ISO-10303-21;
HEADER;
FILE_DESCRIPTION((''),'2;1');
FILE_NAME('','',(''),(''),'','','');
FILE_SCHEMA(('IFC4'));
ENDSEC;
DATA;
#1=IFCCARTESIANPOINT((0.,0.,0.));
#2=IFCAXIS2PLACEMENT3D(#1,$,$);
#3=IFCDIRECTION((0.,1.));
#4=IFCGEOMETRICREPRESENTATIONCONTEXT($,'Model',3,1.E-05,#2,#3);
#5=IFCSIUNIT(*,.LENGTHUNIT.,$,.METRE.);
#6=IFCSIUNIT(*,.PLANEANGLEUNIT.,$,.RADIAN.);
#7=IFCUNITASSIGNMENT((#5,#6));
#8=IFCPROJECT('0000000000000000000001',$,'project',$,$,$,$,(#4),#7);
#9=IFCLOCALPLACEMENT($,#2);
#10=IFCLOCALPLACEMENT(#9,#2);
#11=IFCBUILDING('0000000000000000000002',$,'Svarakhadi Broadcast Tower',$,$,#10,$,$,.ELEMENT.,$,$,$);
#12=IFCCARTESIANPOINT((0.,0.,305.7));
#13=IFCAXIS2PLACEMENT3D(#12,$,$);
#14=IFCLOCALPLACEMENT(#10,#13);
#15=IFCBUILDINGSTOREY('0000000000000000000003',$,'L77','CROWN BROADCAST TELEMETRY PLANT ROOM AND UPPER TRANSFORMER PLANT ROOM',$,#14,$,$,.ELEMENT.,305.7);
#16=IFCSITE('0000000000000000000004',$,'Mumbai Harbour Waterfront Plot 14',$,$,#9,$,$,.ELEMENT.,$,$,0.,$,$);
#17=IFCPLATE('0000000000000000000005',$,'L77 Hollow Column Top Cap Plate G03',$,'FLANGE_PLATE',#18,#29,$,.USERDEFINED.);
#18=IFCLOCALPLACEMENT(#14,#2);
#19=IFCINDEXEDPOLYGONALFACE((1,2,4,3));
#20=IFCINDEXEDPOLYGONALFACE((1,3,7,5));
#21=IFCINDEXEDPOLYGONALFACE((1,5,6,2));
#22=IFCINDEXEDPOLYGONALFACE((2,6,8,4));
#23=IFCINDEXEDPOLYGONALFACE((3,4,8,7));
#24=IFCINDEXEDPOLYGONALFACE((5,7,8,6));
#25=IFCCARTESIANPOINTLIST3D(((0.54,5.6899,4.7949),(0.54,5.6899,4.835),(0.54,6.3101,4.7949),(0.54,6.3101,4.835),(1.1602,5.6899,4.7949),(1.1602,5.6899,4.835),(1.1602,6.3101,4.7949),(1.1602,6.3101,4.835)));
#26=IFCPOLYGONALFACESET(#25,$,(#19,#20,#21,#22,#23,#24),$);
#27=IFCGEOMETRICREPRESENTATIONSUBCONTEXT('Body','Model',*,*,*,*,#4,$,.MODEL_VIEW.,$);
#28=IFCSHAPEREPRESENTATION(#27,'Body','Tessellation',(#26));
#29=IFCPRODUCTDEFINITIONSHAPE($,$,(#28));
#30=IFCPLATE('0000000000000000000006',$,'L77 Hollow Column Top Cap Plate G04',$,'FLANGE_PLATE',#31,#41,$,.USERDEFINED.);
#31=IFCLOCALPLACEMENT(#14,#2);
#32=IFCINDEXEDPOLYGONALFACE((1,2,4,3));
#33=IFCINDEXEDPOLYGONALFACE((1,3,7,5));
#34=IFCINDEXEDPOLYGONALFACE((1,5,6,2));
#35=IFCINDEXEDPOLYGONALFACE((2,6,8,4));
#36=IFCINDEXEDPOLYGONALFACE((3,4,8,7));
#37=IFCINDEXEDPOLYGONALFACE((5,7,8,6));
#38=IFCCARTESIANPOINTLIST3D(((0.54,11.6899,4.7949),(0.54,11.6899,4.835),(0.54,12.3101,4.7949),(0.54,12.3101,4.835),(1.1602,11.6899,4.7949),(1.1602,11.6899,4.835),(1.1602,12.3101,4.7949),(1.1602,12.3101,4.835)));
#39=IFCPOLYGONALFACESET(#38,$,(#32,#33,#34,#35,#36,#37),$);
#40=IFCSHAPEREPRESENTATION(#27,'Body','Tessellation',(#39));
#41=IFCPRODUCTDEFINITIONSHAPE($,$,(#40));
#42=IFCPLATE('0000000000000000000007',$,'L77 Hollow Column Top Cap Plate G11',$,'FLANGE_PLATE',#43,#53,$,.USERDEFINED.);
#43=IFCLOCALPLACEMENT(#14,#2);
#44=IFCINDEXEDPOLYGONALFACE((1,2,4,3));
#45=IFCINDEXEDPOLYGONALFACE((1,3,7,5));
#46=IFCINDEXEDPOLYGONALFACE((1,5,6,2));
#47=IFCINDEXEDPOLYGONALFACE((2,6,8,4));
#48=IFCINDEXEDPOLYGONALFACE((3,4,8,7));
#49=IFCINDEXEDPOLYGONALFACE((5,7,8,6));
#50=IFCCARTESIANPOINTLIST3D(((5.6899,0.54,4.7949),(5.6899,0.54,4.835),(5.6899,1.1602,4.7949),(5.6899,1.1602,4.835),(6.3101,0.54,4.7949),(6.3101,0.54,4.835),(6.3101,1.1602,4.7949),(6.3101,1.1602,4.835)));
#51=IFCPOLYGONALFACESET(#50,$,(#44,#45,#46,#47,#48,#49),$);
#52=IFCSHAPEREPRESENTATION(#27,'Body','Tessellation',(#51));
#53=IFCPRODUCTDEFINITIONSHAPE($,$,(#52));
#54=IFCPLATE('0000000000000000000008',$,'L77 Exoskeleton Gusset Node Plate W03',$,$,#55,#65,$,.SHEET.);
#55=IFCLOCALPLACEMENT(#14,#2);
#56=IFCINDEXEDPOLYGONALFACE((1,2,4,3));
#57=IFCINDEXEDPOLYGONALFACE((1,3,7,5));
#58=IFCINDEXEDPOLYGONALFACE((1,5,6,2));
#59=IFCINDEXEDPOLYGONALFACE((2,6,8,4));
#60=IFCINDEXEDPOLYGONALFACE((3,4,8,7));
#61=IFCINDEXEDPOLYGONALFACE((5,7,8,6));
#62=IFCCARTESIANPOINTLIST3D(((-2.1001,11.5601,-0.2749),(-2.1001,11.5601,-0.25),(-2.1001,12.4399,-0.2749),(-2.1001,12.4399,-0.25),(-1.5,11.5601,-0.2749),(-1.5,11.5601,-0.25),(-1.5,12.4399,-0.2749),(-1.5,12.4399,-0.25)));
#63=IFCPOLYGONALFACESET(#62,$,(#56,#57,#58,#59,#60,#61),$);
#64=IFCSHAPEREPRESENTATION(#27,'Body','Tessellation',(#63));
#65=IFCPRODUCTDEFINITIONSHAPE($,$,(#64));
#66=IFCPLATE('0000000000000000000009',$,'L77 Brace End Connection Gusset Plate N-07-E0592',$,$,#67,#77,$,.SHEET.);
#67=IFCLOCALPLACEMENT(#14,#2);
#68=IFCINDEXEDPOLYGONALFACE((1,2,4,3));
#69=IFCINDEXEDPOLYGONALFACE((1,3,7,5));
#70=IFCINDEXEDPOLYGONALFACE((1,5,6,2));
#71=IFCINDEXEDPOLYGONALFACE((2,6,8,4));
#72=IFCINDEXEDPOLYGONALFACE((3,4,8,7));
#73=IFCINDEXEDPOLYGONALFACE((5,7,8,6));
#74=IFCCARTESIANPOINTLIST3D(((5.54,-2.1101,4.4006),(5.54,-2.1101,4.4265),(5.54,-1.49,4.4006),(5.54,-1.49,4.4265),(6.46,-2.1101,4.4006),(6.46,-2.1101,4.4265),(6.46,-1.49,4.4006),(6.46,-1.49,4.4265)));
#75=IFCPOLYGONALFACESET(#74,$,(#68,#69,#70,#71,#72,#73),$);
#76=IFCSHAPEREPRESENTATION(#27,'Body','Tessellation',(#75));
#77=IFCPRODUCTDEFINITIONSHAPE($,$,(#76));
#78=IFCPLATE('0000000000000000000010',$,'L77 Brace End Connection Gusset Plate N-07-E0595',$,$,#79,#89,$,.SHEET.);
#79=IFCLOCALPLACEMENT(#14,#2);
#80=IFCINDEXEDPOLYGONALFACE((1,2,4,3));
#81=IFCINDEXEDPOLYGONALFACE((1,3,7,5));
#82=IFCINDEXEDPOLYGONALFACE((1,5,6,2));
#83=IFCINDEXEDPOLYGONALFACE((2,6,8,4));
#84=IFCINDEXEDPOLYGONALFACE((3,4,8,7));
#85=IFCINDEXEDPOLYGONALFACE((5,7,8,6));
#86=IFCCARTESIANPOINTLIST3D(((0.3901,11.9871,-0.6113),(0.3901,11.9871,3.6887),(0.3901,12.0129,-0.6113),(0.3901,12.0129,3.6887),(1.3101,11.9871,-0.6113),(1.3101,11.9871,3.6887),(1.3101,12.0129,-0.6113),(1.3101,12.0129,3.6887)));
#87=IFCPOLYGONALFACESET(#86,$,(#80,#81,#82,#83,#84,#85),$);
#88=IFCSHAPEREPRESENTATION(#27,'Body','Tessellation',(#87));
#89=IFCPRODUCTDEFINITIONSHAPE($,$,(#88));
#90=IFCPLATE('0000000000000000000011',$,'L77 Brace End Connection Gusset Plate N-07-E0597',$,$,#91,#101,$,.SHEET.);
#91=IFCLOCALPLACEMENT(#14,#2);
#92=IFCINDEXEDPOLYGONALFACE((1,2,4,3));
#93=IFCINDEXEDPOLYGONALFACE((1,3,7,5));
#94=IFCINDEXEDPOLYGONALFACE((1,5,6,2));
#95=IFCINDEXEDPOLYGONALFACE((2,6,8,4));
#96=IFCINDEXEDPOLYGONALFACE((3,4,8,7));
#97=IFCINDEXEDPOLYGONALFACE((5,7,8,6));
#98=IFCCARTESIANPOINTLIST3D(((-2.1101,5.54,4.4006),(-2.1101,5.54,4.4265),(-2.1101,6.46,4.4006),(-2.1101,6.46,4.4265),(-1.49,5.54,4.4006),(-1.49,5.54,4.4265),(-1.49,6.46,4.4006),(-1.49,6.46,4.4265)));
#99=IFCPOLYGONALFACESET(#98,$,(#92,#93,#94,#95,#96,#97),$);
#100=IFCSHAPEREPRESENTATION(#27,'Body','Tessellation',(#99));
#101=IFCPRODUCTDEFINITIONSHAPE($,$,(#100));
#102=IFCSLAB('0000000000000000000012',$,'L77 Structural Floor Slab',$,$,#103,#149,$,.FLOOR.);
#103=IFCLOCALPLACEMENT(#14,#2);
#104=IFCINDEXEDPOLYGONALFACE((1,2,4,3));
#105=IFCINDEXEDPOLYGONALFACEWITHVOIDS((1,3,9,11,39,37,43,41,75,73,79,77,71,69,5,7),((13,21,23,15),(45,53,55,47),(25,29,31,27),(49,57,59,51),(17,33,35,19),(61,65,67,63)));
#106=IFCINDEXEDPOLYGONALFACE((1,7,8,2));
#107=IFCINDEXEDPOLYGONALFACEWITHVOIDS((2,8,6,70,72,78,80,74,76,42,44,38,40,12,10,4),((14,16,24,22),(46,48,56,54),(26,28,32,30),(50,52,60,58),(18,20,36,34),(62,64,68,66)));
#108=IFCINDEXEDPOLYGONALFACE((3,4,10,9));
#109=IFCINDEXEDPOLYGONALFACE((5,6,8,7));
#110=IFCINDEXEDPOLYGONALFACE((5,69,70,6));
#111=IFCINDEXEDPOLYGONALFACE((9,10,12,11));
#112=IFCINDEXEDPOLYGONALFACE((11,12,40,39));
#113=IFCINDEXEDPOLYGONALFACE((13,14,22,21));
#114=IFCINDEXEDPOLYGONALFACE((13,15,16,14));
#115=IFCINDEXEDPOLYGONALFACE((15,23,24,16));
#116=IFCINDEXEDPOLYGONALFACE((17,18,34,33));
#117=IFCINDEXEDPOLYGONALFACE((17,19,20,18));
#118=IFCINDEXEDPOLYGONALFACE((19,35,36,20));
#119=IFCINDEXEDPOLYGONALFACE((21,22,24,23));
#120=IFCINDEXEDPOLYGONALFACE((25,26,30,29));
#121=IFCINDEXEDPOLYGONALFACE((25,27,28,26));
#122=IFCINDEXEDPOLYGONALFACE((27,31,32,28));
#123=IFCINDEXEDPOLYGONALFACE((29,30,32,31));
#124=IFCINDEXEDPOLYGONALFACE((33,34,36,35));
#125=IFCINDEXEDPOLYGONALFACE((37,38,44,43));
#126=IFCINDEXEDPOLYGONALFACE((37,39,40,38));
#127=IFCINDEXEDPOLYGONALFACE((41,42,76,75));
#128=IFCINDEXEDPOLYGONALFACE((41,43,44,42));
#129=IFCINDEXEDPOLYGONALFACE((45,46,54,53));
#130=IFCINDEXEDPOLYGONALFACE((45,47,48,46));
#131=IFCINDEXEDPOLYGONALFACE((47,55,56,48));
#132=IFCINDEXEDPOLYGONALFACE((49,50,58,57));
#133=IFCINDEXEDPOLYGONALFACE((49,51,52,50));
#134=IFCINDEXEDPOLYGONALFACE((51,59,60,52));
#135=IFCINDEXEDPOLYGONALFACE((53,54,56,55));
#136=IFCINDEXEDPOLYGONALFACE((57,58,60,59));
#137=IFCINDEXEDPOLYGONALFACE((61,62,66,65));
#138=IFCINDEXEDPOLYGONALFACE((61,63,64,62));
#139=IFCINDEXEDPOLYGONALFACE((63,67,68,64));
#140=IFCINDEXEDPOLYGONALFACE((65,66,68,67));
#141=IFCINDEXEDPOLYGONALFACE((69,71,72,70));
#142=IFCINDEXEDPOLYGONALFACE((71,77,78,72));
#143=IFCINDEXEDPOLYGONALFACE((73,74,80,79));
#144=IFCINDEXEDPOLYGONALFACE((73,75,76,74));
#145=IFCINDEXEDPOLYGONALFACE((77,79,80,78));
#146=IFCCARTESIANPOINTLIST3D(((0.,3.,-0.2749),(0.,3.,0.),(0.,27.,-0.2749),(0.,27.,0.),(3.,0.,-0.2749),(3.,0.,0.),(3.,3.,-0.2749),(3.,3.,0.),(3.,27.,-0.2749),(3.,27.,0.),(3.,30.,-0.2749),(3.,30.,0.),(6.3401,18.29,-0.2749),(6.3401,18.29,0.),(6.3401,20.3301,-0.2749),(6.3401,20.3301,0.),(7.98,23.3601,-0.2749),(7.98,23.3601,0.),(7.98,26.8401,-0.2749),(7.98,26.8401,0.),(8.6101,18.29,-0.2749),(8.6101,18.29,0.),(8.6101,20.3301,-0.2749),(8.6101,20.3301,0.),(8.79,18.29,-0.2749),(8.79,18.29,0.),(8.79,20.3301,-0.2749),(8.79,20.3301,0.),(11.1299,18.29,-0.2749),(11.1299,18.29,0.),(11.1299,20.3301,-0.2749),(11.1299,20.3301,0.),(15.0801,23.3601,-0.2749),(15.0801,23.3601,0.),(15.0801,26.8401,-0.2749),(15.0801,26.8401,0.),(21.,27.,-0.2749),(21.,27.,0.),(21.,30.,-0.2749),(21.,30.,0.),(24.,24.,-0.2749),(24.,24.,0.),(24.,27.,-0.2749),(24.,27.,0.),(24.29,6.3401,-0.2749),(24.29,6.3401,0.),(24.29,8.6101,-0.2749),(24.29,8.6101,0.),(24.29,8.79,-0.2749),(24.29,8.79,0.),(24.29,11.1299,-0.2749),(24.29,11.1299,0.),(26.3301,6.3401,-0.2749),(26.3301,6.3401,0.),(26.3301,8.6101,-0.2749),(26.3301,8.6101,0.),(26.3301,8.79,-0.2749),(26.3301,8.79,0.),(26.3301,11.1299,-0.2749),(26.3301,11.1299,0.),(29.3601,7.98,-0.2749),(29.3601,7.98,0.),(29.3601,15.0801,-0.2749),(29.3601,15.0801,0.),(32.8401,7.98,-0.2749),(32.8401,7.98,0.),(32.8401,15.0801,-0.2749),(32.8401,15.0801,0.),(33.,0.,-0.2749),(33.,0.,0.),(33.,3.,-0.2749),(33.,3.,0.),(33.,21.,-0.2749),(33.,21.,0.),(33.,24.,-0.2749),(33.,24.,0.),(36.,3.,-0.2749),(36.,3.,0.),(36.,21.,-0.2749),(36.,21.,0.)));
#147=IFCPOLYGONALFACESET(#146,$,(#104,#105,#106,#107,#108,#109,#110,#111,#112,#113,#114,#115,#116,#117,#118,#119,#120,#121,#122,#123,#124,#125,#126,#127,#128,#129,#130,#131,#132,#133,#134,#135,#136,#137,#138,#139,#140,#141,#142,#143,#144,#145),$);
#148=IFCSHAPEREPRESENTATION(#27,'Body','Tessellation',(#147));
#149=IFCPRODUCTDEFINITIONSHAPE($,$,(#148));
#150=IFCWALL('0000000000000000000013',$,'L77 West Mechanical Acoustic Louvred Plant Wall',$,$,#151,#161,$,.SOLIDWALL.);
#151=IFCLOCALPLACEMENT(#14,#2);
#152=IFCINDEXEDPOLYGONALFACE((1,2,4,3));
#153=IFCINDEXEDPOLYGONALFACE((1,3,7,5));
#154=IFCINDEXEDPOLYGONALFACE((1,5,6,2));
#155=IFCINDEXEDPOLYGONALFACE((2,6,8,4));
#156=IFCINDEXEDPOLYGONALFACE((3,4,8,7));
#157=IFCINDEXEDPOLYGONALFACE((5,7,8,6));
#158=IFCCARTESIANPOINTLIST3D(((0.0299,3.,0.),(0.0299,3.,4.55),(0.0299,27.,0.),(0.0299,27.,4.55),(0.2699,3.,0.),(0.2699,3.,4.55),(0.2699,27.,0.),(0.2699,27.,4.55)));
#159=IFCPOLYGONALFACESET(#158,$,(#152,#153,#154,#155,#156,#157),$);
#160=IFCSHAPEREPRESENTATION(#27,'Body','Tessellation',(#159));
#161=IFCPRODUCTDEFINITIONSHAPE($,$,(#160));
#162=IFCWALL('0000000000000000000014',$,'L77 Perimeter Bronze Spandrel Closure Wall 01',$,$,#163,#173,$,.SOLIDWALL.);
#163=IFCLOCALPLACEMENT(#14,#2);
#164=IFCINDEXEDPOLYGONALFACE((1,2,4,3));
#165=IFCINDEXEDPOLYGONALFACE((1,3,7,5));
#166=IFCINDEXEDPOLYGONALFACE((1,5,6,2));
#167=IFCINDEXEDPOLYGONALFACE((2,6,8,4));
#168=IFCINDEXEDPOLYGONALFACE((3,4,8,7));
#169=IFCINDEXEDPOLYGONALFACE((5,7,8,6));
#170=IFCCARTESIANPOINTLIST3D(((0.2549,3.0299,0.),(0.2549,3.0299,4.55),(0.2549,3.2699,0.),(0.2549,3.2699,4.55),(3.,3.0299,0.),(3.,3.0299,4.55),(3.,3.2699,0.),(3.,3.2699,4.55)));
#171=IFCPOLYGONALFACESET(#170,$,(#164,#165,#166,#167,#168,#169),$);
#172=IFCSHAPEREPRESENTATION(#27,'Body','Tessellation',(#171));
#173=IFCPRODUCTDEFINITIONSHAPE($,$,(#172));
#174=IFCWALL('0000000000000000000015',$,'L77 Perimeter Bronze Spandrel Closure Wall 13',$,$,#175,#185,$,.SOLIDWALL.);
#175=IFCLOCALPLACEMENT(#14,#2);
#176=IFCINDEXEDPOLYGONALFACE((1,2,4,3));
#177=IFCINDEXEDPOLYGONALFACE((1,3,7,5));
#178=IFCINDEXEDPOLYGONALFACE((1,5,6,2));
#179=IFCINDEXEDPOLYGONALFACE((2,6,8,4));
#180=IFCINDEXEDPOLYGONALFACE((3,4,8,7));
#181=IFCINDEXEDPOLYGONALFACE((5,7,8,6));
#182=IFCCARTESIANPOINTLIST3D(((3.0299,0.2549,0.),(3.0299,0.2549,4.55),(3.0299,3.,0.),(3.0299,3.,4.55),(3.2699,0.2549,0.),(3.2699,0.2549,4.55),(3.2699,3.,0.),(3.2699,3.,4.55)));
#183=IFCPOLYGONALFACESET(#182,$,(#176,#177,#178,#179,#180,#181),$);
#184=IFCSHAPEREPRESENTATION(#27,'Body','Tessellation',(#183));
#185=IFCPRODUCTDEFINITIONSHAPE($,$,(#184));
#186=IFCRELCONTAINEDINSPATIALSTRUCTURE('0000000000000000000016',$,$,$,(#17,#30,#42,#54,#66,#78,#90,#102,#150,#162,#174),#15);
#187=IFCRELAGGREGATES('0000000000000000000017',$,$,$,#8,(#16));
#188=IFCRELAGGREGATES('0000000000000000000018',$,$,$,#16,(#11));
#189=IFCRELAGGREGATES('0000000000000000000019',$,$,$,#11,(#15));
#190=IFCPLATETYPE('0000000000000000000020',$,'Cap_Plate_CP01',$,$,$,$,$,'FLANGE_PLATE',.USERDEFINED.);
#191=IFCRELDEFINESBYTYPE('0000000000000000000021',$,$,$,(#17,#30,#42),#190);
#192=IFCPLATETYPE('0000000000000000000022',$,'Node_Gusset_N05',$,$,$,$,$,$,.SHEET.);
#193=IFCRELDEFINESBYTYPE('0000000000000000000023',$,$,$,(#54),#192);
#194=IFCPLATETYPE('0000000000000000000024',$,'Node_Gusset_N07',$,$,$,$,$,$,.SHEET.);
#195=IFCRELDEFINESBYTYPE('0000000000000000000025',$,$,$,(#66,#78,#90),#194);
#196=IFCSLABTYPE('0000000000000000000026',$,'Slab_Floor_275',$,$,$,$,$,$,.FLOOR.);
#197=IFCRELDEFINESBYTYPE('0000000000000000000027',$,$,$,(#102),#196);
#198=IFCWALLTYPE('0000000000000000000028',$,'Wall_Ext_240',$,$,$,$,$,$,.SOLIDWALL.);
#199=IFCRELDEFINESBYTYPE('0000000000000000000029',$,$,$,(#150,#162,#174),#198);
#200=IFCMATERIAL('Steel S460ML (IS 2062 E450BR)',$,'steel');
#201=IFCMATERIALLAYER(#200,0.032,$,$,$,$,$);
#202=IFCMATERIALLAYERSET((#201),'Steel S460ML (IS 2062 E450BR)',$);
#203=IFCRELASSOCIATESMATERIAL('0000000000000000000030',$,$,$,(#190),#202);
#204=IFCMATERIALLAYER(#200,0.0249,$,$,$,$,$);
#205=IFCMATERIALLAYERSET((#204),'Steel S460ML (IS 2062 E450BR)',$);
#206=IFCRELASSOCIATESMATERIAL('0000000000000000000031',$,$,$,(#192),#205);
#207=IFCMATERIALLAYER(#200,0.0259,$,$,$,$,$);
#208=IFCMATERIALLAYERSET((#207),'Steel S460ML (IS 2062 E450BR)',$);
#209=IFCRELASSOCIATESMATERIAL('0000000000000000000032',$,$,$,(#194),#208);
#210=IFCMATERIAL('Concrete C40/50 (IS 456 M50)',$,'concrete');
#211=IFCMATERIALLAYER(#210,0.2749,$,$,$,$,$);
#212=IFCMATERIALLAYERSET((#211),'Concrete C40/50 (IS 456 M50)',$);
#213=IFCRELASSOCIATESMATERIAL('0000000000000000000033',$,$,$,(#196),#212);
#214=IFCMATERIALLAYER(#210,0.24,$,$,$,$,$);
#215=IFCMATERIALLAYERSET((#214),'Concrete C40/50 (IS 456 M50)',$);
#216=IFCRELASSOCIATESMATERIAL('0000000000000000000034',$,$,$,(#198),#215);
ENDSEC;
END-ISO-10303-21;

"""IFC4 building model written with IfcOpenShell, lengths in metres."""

from ifc_helpers import new_model, si_unit, direction, frame, frame_2d, origin, origin_2d, place, context, subcontext, project, spatial, polyline, rectangle, outline, extrude, material, layer, layer_set, type_object, element, save


model = new_model("IFC4")

# Units and contexts
model_context = context("Model", 3, precision=1e-05, world=origin(), true_north=direction((0.0, 1.0)))
body_context = subcontext(model_context, "Body", "Model", "MODEL_VIEW")
ifc_project = project(units=[si_unit("LENGTHUNIT", "METRE"), si_unit("PLANEANGLEUNIT", "RADIAN")], contexts=[model_context])

# Site, building, storey
site_placement = place(None, origin())
site = spatial("IfcSite", under=ifc_project, at=site_placement, Name="Mumbai Harbour Waterfront Plot 14", CompositionType="ELEMENT", RefElevation=0.0)
building_placement = place(site_placement, origin())
building = spatial("IfcBuilding", under=site, at=building_placement, Name="Svarakhadi Broadcast Tower", CompositionType="ELEMENT")
storey_placement = place(building_placement, frame((0.0, 0.0, 305.7)))
storey = spatial("IfcBuildingStorey", under=building, at=storey_placement, Name="L77", Description="CROWN BROADCAST TELEMETRY PLANT ROOM AND UPPER TRANSFORMER PLANT ROOM", CompositionType="ELEMENT", Elevation=305.7)

# Shared definitions
ifc_material_1 = material(Name="Steel S460ML (IS 2062 E450BR)", Category="steel")

# Plates
ifc_layer_1 = layer(ifc_material_1, 0.032)
ifc_layer_set_1 = layer_set([ifc_layer_1], Name="Steel S460ML (IS 2062 E450BR)")
plate_type_1 = type_object("IfcPlateType", Name="Cap_Plate_CP01", ElementType="FLANGE_PLATE", PredefinedType="USERDEFINED", material=ifc_layer_set_1)
for number, where, z_axis, x_axis, name in (
    (1, (0.8501, 6.0, 4.7949), (0.0, 0.0, 1.0), (1.0, 0.0, 0.0), "L77 Hollow Column Top Cap Plate G03"),
    (2, (0.8501, 12.0, 4.7949), (0.0, 0.0, 1.0), (1.0, 0.0, 0.0), "L77 Hollow Column Top Cap Plate G04"),
    (3, (6.0, 0.8501, 4.7949), (0.0, 0.0, 1.0), (1.0, 0.0, 0.0), "L77 Hollow Column Top Cap Plate G11"),
):
    element("IfcPlate", number, at=place(storey_placement, frame(where, z_axis=z_axis, x_axis=x_axis)), inside=storey, type_object=plate_type_1, Name=name, ObjectType="FLANGE_PLATE", PredefinedType="USERDEFINED", context=body_context, shape_type="SweptSolid", body=[
        extrude(rectangle(XDim=0.6201, YDim=0.6201, at=origin_2d()), origin(), (0.0, 0.0, 1.0), 0.04),
    ])
ifc_layer_2 = layer(ifc_material_1, 0.0249)
ifc_layer_set_2 = layer_set([ifc_layer_2], Name="Steel S460ML (IS 2062 E450BR)")
plate_type_2 = type_object("IfcPlateType", Name="Node_Gusset_N05", PredefinedType="SHEET", material=ifc_layer_set_2)
plate_1_placement = place(storey_placement, frame((-1.8, 12.0, -0.2749), z_axis=(0.0, 0.0, 1.0), x_axis=(0.0, 1.0, 0.0)))
element("IfcPlate", 4, at=plate_1_placement, inside=storey, type_object=plate_type_2, Name="L77 Exoskeleton Gusset Node Plate W03", PredefinedType="SHEET", context=body_context, shape_type="SweptSolid", body=[
    extrude(rectangle(XDim=0.8799, YDim=0.6001, at=origin_2d()), origin(), (0.0, 0.0, 1.0), 0.0249),
])
ifc_layer_3 = layer(ifc_material_1, 0.0259)
ifc_layer_set_3 = layer_set([ifc_layer_3], Name="Steel S460ML (IS 2062 E450BR)")
plate_type_3 = type_object("IfcPlateType", Name="Node_Gusset_N07", PredefinedType="SHEET", material=ifc_layer_set_3)
plate_2_placement = place(storey_placement, frame((6.0, -1.8, 4.4006), z_axis=(0.0, 0.0, 1.0), x_axis=(1.0, 0.0, 0.0)))
element("IfcPlate", 5, at=plate_2_placement, inside=storey, type_object=plate_type_3, Name="L77 Brace End Connection Gusset Plate N-07-E0592", PredefinedType="SHEET", context=body_context, shape_type="SweptSolid", body=[
    extrude(rectangle(XDim=0.9199, YDim=0.6201, at=origin_2d()), origin(), (0.0, 0.0, 1.0), 0.0259),
])
plate_3_placement = place(storey_placement, frame((0.8501, 12.0, -0.6113), z_axis=(0.0, 0.0, 1.0), x_axis=(1.0, 0.0, 0.0)))
element("IfcPlate", 6, at=plate_3_placement, inside=storey, type_object=plate_type_3, Name="L77 Brace End Connection Gusset Plate N-07-E0595", PredefinedType="SHEET", context=body_context, shape_type="SweptSolid", body=[
    extrude(rectangle(XDim=0.9199, YDim=0.0259, at=origin_2d()), origin(), (0.0, 0.0, 1.0), 4.3),
])
plate_4_placement = place(storey_placement, frame((-1.8, 6.0, 4.4006), z_axis=(0.0, 0.0, 1.0), x_axis=(0.0, 1.0, 0.0)))
element("IfcPlate", 7, at=plate_4_placement, inside=storey, type_object=plate_type_3, Name="L77 Brace End Connection Gusset Plate N-07-E0597", PredefinedType="SHEET", context=body_context, shape_type="SweptSolid", body=[
    extrude(rectangle(XDim=0.9199, YDim=0.6201, at=origin_2d()), origin(), (0.0, 0.0, 1.0), 0.0259),
])

# Slab
ifc_material_2 = material(Name="Concrete C40/50 (IS 456 M50)", Category="concrete")
ifc_layer_4 = layer(ifc_material_2, 0.2749)
ifc_layer_set_4 = layer_set([ifc_layer_4], Name="Concrete C40/50 (IS 456 M50)")
slab_type = type_object("IfcSlabType", Name="Slab_Floor_275", PredefinedType="FLOOR", material=ifc_layer_set_4)
slab_placement = place(storey_placement, frame((0.0, 0.0, -0.2749)))
element("IfcSlab", 8, at=slab_placement, inside=storey, type_object=slab_type, Name="L77 Structural Floor Slab", PredefinedType="FLOOR", context=body_context, shape_type="SweptSolid", body=[
    extrude(outline(polyline([(3.0, 0.0), (33.0, 0.0), (33.0, 3.0), (36.0, 3.0), (36.0, 21.0), (33.0, 21.0), (33.0, 24.0), (24.0, 24.0), (24.0, 27.0), (21.0, 27.0), (21.0, 30.0), (3.0, 30.0), (3.0, 27.0), (0.0, 27.0), (0.0, 3.0), (3.0, 3.0), (3.0, 0.0)]), holes=[polyline([(7.98, 23.3601), (15.0801, 23.3601), (15.0801, 26.8401), (7.98, 26.8401), (7.98, 23.3601)]), polyline([(32.8401, 7.98), (32.8401, 15.0801), (29.3601, 15.0801), (29.3601, 7.98), (32.8401, 7.98)]), polyline([(6.3401, 18.29), (8.6101, 18.29), (8.6101, 20.3301), (6.3401, 20.3301), (6.3401, 18.29)]), polyline([(8.79, 18.29), (11.1299, 18.29), (11.1299, 20.3301), (8.79, 20.3301), (8.79, 18.29)]), polyline([(24.29, 6.3401), (26.3301, 6.3401), (26.3301, 8.6101), (24.29, 8.6101), (24.29, 6.3401)]), polyline([(24.29, 8.79), (26.3301, 8.79), (26.3301, 11.1299), (24.29, 11.1299), (24.29, 8.79)])]), origin(), (0.0, 0.0, 1.0), 0.2749),
])

# Walls
ifc_layer_5 = layer(ifc_material_2, 0.24)
ifc_layer_set_5 = layer_set([ifc_layer_5], Name="Concrete C40/50 (IS 456 M50)")
wall_type_1 = type_object("IfcWallType", Name="Wall_Ext_240", PredefinedType="SOLIDWALL", material=ifc_layer_set_5)
wall_1_placement = place(storey_placement, frame((0.1499, 3.0, 0.0), z_axis=(0.0, 0.0, 1.0), x_axis=(0.0, 1.0, 0.0)))
element("IfcWall", 9, at=wall_1_placement, inside=storey, type_object=wall_type_1, Name="L77 West Mechanical Acoustic Louvred Plant Wall", PredefinedType="SOLIDWALL", context=body_context, shape_type="SweptSolid", body=[
    extrude(rectangle(XDim=24.0, YDim=0.24, at=frame_2d((12.0, 0.0))), origin(), (0.0, 0.0, 1.0), 4.55),
])
for number, where, z_axis, x_axis, name in (
    (10, (3.0, 3.1499, 0.0), (0.0, 0.0, 1.0), (-1.0, 0.0, 0.0), "L77 Perimeter Bronze Spandrel Closure Wall 01"),
    (11, (3.1499, 0.2549, 0.0), (0.0, 0.0, 1.0), (0.0, 1.0, 0.0), "L77 Perimeter Bronze Spandrel Closure Wall 13"),
):
    element("IfcWall", number, at=place(storey_placement, frame(where, z_axis=z_axis, x_axis=x_axis)), inside=storey, type_object=wall_type_1, Name=name, PredefinedType="SOLIDWALL", context=body_context, shape_type="SweptSolid", body=[
        extrude(rectangle(XDim=2.7451, YDim=0.24, at=frame_2d((1.3726, 0.0))), origin(), (0.0, 0.0, 1.0), 4.55),
    ])

save(model, "model.ifc")
